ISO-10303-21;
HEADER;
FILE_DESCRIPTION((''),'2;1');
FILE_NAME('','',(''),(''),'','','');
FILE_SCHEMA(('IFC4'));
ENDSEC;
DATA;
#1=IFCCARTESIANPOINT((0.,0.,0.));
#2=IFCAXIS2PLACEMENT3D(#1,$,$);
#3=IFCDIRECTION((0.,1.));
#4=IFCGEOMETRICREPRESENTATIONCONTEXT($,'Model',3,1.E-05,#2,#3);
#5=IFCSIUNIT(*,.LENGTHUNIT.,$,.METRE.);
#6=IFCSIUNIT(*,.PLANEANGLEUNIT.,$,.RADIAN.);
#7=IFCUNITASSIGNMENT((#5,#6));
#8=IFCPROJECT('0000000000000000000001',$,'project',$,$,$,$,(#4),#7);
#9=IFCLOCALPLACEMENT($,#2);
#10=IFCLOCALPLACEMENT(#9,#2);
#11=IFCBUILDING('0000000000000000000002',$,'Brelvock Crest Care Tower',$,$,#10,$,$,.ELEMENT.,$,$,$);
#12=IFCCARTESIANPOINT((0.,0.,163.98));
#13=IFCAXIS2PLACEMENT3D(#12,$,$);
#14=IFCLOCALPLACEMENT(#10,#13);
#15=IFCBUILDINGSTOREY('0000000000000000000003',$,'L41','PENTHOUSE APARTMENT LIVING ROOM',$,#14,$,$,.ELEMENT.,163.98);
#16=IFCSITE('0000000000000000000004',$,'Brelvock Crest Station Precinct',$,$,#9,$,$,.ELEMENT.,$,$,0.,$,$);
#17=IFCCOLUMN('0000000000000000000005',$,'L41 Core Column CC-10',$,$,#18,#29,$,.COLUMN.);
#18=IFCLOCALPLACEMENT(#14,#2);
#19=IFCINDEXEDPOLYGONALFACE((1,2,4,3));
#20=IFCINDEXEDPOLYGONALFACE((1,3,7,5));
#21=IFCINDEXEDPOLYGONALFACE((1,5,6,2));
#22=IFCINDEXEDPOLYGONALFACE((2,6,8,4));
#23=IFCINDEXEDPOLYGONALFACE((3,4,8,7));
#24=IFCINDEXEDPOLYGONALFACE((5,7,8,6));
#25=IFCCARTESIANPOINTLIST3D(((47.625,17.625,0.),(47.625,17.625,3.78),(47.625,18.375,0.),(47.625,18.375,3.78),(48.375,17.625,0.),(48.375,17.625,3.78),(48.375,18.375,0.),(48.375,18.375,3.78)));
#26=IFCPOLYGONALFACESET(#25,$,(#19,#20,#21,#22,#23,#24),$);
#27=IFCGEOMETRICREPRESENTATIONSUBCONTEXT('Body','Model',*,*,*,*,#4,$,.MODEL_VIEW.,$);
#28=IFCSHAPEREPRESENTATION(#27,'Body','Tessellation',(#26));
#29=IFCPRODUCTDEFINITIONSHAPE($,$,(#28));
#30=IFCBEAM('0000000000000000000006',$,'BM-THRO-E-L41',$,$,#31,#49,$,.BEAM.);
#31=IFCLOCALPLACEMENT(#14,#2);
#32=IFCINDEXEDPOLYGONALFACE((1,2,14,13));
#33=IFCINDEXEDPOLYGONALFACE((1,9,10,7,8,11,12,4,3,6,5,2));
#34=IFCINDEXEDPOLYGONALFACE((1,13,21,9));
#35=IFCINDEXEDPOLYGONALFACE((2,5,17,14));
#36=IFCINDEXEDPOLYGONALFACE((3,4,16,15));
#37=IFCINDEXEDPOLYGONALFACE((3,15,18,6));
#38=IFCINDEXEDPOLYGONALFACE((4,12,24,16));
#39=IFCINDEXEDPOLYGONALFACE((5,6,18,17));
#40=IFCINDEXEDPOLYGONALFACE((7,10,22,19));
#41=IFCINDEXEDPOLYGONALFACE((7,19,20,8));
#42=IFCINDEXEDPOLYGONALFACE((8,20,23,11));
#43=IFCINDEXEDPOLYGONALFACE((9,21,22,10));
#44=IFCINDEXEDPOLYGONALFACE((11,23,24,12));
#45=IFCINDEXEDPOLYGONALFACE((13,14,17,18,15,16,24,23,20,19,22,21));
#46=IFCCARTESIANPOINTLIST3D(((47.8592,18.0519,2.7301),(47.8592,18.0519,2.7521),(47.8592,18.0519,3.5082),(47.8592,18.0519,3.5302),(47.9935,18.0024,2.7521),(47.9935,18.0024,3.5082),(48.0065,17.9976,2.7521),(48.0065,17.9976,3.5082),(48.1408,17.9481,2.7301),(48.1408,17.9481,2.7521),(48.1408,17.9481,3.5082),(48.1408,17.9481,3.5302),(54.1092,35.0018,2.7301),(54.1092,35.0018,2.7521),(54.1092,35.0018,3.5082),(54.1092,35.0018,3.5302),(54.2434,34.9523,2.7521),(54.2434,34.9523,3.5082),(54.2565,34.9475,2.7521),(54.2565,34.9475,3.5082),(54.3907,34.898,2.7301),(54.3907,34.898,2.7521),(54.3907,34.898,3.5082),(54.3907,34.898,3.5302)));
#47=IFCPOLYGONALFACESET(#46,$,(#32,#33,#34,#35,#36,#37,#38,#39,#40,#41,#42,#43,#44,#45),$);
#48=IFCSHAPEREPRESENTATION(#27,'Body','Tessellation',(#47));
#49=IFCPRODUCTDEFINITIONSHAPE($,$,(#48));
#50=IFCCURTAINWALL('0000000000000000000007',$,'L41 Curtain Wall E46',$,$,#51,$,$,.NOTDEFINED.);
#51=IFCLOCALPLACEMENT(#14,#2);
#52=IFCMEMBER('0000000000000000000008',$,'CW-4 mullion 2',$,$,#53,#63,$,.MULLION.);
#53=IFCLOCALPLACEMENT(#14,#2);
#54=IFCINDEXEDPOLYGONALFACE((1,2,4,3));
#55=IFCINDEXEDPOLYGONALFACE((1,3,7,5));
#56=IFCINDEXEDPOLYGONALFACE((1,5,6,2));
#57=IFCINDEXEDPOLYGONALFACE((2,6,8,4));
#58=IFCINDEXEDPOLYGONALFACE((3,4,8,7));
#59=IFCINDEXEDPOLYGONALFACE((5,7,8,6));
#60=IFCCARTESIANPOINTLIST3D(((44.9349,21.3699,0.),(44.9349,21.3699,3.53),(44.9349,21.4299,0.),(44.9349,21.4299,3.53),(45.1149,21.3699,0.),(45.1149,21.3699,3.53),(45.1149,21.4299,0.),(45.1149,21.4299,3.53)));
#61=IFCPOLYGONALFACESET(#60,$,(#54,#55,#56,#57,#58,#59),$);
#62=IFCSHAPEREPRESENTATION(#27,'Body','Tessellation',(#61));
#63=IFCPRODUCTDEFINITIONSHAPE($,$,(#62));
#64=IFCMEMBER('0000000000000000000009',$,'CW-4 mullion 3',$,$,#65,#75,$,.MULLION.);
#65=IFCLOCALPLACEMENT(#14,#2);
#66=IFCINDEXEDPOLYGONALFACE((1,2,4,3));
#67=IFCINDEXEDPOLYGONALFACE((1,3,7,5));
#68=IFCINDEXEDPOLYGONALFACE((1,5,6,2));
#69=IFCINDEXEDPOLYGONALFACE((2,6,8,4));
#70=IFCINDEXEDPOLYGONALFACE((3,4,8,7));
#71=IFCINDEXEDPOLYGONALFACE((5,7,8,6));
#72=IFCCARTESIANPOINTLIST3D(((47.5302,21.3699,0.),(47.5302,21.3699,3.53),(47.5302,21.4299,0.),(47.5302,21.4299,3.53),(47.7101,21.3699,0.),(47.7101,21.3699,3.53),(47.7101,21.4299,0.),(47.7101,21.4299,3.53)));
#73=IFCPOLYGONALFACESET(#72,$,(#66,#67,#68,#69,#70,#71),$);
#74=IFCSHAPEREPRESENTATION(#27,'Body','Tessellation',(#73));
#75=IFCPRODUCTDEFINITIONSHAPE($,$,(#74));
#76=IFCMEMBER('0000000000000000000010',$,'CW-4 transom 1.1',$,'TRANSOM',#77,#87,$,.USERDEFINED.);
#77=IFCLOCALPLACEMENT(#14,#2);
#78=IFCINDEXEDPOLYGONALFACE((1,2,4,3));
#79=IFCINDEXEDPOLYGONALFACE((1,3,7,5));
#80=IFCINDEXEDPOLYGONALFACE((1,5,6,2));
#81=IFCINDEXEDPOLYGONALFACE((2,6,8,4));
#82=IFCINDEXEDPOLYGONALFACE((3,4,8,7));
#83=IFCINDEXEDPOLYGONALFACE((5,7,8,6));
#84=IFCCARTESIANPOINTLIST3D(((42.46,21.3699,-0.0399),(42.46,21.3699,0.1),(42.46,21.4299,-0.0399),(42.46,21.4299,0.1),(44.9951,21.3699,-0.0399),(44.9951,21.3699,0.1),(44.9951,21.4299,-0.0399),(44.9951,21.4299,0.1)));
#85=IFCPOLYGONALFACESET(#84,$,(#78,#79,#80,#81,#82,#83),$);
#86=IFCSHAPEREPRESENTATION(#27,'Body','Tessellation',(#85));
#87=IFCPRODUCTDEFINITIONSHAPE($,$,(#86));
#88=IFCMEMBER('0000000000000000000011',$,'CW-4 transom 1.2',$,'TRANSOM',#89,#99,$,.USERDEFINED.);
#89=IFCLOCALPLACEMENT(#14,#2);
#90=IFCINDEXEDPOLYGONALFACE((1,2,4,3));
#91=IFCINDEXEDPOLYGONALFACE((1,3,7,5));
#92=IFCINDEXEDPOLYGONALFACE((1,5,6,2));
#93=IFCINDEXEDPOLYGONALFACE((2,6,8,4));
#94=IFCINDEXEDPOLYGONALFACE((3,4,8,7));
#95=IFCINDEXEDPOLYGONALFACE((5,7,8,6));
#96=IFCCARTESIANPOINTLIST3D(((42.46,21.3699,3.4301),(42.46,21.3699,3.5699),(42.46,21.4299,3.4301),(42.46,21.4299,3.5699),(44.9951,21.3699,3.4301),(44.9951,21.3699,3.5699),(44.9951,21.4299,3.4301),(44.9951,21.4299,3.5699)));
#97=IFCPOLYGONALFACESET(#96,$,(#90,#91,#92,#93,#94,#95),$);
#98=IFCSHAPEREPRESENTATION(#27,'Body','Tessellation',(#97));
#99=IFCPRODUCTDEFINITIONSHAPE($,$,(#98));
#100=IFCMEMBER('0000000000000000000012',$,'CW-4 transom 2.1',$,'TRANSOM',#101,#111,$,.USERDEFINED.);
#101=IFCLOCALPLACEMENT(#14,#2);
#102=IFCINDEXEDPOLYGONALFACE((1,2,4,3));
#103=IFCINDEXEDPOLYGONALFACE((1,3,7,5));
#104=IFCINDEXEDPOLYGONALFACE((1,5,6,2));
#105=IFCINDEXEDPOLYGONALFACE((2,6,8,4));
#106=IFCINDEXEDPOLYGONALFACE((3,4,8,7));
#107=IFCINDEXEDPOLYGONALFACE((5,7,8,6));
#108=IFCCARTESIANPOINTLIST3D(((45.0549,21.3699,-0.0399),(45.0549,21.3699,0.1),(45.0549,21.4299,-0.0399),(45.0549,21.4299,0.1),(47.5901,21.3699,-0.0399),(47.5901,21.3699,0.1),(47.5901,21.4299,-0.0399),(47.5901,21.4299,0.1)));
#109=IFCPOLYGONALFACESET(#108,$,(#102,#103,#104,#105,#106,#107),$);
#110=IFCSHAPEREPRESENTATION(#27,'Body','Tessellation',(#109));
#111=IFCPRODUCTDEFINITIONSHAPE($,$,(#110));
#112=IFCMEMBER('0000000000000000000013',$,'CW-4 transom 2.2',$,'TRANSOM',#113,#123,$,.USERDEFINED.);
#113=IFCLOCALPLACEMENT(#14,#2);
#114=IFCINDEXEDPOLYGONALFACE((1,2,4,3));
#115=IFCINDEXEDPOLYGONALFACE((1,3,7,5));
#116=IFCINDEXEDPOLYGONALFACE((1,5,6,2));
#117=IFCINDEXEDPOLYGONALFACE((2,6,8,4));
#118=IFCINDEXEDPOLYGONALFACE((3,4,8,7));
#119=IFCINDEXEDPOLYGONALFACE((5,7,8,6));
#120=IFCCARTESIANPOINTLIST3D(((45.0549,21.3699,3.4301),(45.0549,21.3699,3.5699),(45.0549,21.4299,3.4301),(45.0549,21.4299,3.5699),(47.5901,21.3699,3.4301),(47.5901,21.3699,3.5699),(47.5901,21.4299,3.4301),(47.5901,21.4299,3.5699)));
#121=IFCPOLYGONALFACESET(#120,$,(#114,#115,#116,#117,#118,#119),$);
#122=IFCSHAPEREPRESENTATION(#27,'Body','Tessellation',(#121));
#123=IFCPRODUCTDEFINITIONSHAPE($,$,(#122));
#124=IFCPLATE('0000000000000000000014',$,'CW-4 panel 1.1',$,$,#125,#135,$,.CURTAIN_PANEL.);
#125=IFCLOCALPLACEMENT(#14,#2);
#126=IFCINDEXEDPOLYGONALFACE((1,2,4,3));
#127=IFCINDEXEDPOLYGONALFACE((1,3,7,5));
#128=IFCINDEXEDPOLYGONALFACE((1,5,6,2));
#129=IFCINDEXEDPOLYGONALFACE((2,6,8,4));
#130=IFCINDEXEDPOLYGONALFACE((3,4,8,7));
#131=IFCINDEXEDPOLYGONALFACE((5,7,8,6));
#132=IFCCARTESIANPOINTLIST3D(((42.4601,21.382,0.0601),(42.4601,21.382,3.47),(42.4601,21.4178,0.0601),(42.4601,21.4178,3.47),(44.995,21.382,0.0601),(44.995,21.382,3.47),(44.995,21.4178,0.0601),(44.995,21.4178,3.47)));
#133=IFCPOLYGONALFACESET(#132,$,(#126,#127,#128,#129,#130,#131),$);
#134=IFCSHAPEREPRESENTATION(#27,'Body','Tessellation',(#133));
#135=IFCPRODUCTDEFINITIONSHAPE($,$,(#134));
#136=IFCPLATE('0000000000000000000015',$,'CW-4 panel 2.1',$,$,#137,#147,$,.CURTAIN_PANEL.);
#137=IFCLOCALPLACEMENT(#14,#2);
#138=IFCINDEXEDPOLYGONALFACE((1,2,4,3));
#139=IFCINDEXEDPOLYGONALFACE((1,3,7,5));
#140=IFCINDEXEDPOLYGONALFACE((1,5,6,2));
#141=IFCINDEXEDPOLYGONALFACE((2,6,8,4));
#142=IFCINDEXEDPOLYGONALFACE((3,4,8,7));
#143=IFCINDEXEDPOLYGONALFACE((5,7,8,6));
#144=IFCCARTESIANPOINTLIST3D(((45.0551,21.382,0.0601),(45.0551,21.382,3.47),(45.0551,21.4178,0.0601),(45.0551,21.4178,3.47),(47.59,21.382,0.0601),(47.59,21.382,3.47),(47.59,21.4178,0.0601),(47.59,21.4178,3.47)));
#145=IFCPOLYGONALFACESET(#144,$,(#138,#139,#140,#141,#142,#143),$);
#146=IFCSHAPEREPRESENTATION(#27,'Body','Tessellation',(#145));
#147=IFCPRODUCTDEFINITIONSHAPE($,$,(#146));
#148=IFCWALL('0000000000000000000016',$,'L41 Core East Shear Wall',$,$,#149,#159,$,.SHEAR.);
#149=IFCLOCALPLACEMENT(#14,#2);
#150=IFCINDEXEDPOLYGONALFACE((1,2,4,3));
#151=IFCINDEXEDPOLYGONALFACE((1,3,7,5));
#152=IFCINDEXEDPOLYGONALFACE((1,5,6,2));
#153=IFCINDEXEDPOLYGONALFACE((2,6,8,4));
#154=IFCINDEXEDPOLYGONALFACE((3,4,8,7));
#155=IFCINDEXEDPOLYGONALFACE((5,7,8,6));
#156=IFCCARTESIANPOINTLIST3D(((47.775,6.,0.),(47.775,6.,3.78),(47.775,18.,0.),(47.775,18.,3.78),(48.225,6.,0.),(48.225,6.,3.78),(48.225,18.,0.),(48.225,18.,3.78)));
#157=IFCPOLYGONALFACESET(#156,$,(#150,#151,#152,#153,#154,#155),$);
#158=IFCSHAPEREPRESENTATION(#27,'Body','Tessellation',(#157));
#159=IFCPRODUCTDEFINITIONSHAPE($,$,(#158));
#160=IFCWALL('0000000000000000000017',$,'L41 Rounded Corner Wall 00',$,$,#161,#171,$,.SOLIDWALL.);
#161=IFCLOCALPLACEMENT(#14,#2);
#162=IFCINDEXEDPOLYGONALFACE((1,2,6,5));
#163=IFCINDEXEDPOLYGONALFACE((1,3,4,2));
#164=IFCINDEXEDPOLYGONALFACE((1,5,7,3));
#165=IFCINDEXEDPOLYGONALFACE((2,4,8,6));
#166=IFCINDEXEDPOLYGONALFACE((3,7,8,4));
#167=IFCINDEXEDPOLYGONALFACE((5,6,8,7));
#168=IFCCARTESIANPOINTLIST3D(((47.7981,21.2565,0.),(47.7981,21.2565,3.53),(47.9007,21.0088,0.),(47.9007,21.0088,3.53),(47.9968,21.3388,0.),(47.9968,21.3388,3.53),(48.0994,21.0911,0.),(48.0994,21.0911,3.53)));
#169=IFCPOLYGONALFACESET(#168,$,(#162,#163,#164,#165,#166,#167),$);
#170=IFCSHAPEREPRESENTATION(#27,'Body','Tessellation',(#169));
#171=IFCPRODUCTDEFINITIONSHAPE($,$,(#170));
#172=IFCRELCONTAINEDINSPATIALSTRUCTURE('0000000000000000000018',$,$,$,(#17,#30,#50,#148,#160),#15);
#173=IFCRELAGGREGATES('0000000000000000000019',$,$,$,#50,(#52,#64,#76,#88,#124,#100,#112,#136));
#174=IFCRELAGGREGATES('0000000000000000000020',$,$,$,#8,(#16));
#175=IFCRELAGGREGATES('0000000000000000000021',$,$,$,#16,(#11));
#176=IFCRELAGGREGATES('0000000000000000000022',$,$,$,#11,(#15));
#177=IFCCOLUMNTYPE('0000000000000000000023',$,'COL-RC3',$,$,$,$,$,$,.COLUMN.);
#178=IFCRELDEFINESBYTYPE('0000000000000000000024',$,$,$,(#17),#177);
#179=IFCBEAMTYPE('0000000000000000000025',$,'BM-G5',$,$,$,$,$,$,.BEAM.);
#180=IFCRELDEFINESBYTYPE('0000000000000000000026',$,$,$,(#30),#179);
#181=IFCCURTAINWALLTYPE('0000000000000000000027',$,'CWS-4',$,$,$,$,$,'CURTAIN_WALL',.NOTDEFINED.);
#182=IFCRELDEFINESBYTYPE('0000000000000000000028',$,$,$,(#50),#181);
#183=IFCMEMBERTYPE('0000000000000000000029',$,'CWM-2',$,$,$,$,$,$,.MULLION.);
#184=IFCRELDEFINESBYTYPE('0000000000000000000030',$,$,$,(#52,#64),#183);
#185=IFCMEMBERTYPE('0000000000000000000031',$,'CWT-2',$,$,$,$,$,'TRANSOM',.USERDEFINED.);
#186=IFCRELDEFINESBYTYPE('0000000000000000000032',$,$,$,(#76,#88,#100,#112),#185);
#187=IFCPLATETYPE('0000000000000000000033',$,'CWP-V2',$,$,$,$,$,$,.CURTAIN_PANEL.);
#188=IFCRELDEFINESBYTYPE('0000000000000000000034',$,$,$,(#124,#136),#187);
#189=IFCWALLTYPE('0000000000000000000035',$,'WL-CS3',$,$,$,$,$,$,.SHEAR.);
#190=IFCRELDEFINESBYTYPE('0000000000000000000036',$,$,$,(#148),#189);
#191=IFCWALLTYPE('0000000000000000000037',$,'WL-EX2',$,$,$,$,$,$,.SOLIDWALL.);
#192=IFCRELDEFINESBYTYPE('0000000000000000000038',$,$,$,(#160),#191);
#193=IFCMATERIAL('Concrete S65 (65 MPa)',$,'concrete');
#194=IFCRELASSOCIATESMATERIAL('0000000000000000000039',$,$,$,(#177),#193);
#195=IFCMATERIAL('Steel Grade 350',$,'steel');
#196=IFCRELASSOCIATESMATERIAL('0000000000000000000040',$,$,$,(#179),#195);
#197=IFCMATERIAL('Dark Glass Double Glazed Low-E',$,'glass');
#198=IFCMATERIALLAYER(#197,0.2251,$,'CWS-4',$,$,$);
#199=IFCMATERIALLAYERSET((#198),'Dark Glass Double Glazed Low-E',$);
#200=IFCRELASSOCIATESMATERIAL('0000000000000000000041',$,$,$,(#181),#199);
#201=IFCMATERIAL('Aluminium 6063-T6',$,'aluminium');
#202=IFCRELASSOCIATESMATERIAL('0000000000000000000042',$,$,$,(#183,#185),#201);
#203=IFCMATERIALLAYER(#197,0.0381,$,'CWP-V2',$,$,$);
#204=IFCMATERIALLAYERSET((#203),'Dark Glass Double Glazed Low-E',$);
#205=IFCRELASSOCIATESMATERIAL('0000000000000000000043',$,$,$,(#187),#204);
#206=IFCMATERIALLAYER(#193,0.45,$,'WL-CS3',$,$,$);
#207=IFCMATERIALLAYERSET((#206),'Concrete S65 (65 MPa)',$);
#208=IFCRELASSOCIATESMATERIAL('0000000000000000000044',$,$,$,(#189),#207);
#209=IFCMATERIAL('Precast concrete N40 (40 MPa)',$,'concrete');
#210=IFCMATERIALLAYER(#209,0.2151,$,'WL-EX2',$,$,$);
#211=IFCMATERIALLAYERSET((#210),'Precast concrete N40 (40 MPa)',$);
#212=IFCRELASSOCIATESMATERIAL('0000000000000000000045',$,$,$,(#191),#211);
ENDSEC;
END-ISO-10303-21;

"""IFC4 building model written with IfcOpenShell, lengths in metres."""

from ifc_helpers import new_model, si_unit, direction, frame, frame_2d, origin, origin_2d, place, context, subcontext, project, spatial, rectangle, i_section, extrude, source, transform, mapped, material, layer, layer_set, material_profile, profile_set, type_object, element, aggregate, save


model = new_model("IFC4")

# Units and contexts
model_context = context("Model", 3, precision=1e-05, world=origin(), true_north=direction((0.0, 1.0)))
body_context = subcontext(model_context, "Body", "Model", "MODEL_VIEW")
ifc_project = project(units=[si_unit("LENGTHUNIT", "METRE"), si_unit("PLANEANGLEUNIT", "RADIAN")], contexts=[model_context])

# Site, building, storey
site_placement = place(None, origin())
site = spatial("IfcSite", under=ifc_project, at=site_placement, Name="Brelvock Crest Station Precinct", CompositionType="ELEMENT", RefElevation=0.0)
building_placement = place(site_placement, origin())
building = spatial("IfcBuilding", under=site, at=building_placement, Name="Brelvock Crest Care Tower", CompositionType="ELEMENT")
storey_placement = place(building_placement, frame((0.0, 0.0, 163.98)))
storey = spatial("IfcBuildingStorey", under=building, at=storey_placement, Name="L41", Description="PENTHOUSE APARTMENT LIVING ROOM", CompositionType="ELEMENT", Elevation=163.98)

# Column
ifc_material_1 = material(Name="Concrete S65 (65 MPa)", Category="concrete")
ifc_material_profile_1 = material_profile(ifc_material_1, rectangle(XDim=0.75, YDim=0.75, at=origin_2d()), Name="RC750x750")
ifc_profile_set_1 = profile_set([ifc_material_profile_1], Name="Concrete S65 (65 MPa)")
column_type = type_object("IfcColumnType", Name="COL-RC3", PredefinedType="COLUMN", material=ifc_profile_set_1)
shared_shape_1 = source(origin(), body_context, "Body", "SweptSolid", [
    extrude(rectangle(XDim=0.75, YDim=0.75, at=origin_2d()), origin(), (0.0, 0.0, 1.0), 3.78),
])
column_placement = place(storey_placement, frame((48.0, 18.0, 0.0), z_axis=(0.0, 0.0, 1.0), x_axis=(1.0, 0.0, 0.0)))
element("IfcColumn", 1, at=column_placement, inside=storey, type_object=column_type, Name="L41 Core Column CC-10", PredefinedType="COLUMN", context=body_context, shape_type="MappedRepresentation", body=[
    mapped(shared_shape_1, transform((0.0, 0.0, 0.0), x_axis=(1.0, 0.0, 0.0), y_axis=(0.0, 1.0, 0.0), z_axis=(0.0, 0.0, 1.0), scale=1.0)),
])

# Beam
ifc_material_2 = material(Name="Steel Grade 350", Category="steel")
ifc_material_profile_2 = material_profile(ifc_material_2, i_section(OverallWidth=0.3, OverallDepth=0.8, WebThickness=0.0139, FlangeThickness=0.022, at=origin_2d()), Name="800WB192")
ifc_profile_set_2 = profile_set([ifc_material_profile_2], Name="Steel Grade 350")
beam_type = type_object("IfcBeamType", Name="BM-G5", PredefinedType="BEAM", material=ifc_profile_set_2)
shared_shape_2 = source(origin(), body_context, "Body", "SweptSolid", [
    extrude(i_section(OverallWidth=0.3, OverallDepth=0.8, WebThickness=0.0139, FlangeThickness=0.022, at=origin_2d()), origin(), (0.0, 0.0, 1.0), 18.0654),
])
beam_placement = place(storey_placement, frame((48.0, 18.0, 3.1301), z_axis=(0.345963, 0.938248, 0.0), x_axis=(-0.938248, 0.345963, 0.0)))
element("IfcBeam", 2, at=beam_placement, inside=storey, type_object=beam_type, Name="BM-THRO-E-L41", PredefinedType="BEAM", context=body_context, shape_type="MappedRepresentation", body=[
    mapped(shared_shape_2, transform((0.0, 0.0, 0.0), x_axis=(1.0, 0.0, 0.0), y_axis=(0.0, 1.0, 0.0), z_axis=(0.0, 0.0, 1.0), scale=1.0)),
])

# Curtain wall, members, plates
ifc_material_3 = material(Name="Dark Glass Double Glazed Low-E", Category="glass")
ifc_layer_1 = layer(ifc_material_3, 0.2251, Name="CWS-4")
ifc_layer_set_1 = layer_set([ifc_layer_1], Name="Dark Glass Double Glazed Low-E")
curtain_wall_type = type_object("IfcCurtainWallType", Name="CWS-4", ElementType="CURTAIN_WALL", PredefinedType="NOTDEFINED", material=ifc_layer_set_1)
curtain_wall_placement = place(storey_placement, origin())
curtain_wall = element("IfcCurtainWall", 3, at=curtain_wall_placement, inside=storey, type_object=curtain_wall_type, Name="L41 Curtain Wall E46", PredefinedType="NOTDEFINED")
ifc_material_4 = material(Name="Aluminium 6063-T6", Category="aluminium")
ifc_material_profile_3 = material_profile(ifc_material_4, rectangle(XDim=0.0601, YDim=0.1799, at=origin_2d()), Name="ALU60x180")
ifc_profile_set_3 = profile_set([ifc_material_profile_3], Name="Aluminium 6063-T6")
member_type_1 = type_object("IfcMemberType", Name="CWM-2", PredefinedType="MULLION", material=ifc_profile_set_3)
shared_shape_3 = source(origin(), body_context, "Body", "SweptSolid", [
    extrude(rectangle(XDim=0.0601, YDim=0.1799, at=origin_2d()), origin(), (0.0, 0.0, 1.0), 3.53),
])
member_1_placement = place(storey_placement, frame((45.0249, 21.3999, 0.0), z_axis=(0.0, 0.0, 1.0), x_axis=(0.0, 1.0, 0.0)))
member_1 = element("IfcMember", 4, at=member_1_placement, type_object=member_type_1, Name="CW-4 mullion 2", PredefinedType="MULLION", context=body_context, shape_type="MappedRepresentation", body=[
    mapped(shared_shape_3, transform((0.0, 0.0, 0.0), x_axis=(1.0, 0.0, 0.0), y_axis=(0.0, 1.0, 0.0), z_axis=(0.0, 0.0, 1.0), scale=1.0)),
])
member_2_placement = place(storey_placement, frame((47.6201, 21.3999, 0.0), z_axis=(0.0, 0.0, 1.0), x_axis=(0.0, 1.0, 0.0)))
member_2 = element("IfcMember", 5, at=member_2_placement, type_object=member_type_1, Name="CW-4 mullion 3", PredefinedType="MULLION", context=body_context, shape_type="MappedRepresentation", body=[
    mapped(shared_shape_3, transform((0.0, 0.0, 0.0), x_axis=(1.0, 0.0, 0.0), y_axis=(0.0, 1.0, 0.0), z_axis=(0.0, 0.0, 1.0), scale=1.0)),
])
ifc_material_profile_4 = material_profile(ifc_material_4, rectangle(XDim=0.0601, YDim=0.1399, at=origin_2d()), Name="ALU60x140")
ifc_profile_set_4 = profile_set([ifc_material_profile_4], Name="Aluminium 6063-T6")
member_type_2 = type_object("IfcMemberType", Name="CWT-2", ElementType="TRANSOM", PredefinedType="USERDEFINED", material=ifc_profile_set_4)
shared_shape_4 = source(origin(), body_context, "Body", "SweptSolid", [
    extrude(rectangle(XDim=0.0601, YDim=0.1399, at=origin_2d()), origin(), (0.0, 0.0, 1.0), 2.5352),
])
member_3_placement = place(storey_placement, frame((42.46, 21.3999, 0.03), z_axis=(1.0, 0.0, 0.0), x_axis=(0.0, 1.0, 0.0)))
member_3 = element("IfcMember", 6, at=member_3_placement, type_object=member_type_2, Name="CW-4 transom 1.1", ObjectType="TRANSOM", PredefinedType="USERDEFINED", context=body_context, shape_type="MappedRepresentation", body=[
    mapped(shared_shape_4, transform((0.0, 0.0, 0.0), x_axis=(1.0, 0.0, 0.0), y_axis=(0.0, 1.0, 0.0), z_axis=(0.0, 0.0, 1.0), scale=1.0)),
])
member_4_placement = place(storey_placement, frame((42.46, 21.3999, 3.5), z_axis=(1.0, 0.0, 0.0), x_axis=(0.0, 1.0, 0.0)))
member_4 = element("IfcMember", 7, at=member_4_placement, type_object=member_type_2, Name="CW-4 transom 1.2", ObjectType="TRANSOM", PredefinedType="USERDEFINED", context=body_context, shape_type="MappedRepresentation", body=[
    mapped(shared_shape_4, transform((0.0, 0.0, 0.0), x_axis=(1.0, 0.0, 0.0), y_axis=(0.0, 1.0, 0.0), z_axis=(0.0, 0.0, 1.0), scale=1.0)),
])
member_5_placement = place(storey_placement, frame((45.0549, 21.3999, 0.03), z_axis=(1.0, 0.0, 0.0), x_axis=(0.0, 1.0, 0.0)))
member_5 = element("IfcMember", 8, at=member_5_placement, type_object=member_type_2, Name="CW-4 transom 2.1", ObjectType="TRANSOM", PredefinedType="USERDEFINED", context=body_context, shape_type="MappedRepresentation", body=[
    mapped(shared_shape_4, transform((0.0, 0.0, 0.0), x_axis=(1.0, 0.0, 0.0), y_axis=(0.0, 1.0, 0.0), z_axis=(0.0, 0.0, 1.0), scale=1.0)),
])
member_6_placement = place(storey_placement, frame((45.0549, 21.3999, 3.5), z_axis=(1.0, 0.0, 0.0), x_axis=(0.0, 1.0, 0.0)))
member_6 = element("IfcMember", 9, at=member_6_placement, type_object=member_type_2, Name="CW-4 transom 2.2", ObjectType="TRANSOM", PredefinedType="USERDEFINED", context=body_context, shape_type="MappedRepresentation", body=[
    mapped(shared_shape_4, transform((0.0, 0.0, 0.0), x_axis=(1.0, 0.0, 0.0), y_axis=(0.0, 1.0, 0.0), z_axis=(0.0, 0.0, 1.0), scale=1.0)),
])
ifc_layer_2 = layer(ifc_material_3, 0.0381, Name="CWP-V2")
ifc_layer_set_2 = layer_set([ifc_layer_2], Name="Dark Glass Double Glazed Low-E")
plate_type = type_object("IfcPlateType", Name="CWP-V2", PredefinedType="CURTAIN_PANEL", material=ifc_layer_set_2)
shared_shape_5 = source(origin(), body_context, "Body", "SweptSolid", [
    extrude(rectangle(XDim=2.5349, YDim=0.0359, at=origin_2d()), origin(), (0.0, 0.0, 1.0), 3.4099),
])
plate_1_placement = place(storey_placement, frame((43.7275, 21.3999, 0.0601), z_axis=(0.0, 0.0, 1.0), x_axis=(1.0, 0.0, 0.0)))
plate_1 = element("IfcPlate", 10, at=plate_1_placement, type_object=plate_type, Name="CW-4 panel 1.1", PredefinedType="CURTAIN_PANEL", context=body_context, shape_type="MappedRepresentation", body=[
    mapped(shared_shape_5, transform((0.0, 0.0, 0.0), x_axis=(1.0, 0.0, 0.0), y_axis=(0.0, 1.0, 0.0), z_axis=(0.0, 0.0, 1.0), scale=1.0)),
])
plate_2_placement = place(storey_placement, frame((46.3225, 21.3999, 0.0601), z_axis=(0.0, 0.0, 1.0), x_axis=(1.0, 0.0, 0.0)))
plate_2 = element("IfcPlate", 11, at=plate_2_placement, type_object=plate_type, Name="CW-4 panel 2.1", PredefinedType="CURTAIN_PANEL", context=body_context, shape_type="MappedRepresentation", body=[
    mapped(shared_shape_5, transform((0.0, 0.0, 0.0), x_axis=(1.0, 0.0, 0.0), y_axis=(0.0, 1.0, 0.0), z_axis=(0.0, 0.0, 1.0), scale=1.0)),
])
aggregate(curtain_wall, [member_1, member_2, member_3, member_4, plate_1, member_5, member_6, plate_2])

# Walls
ifc_layer_3 = layer(ifc_material_1, 0.45, Name="WL-CS3")
ifc_layer_set_3 = layer_set([ifc_layer_3], Name="Concrete S65 (65 MPa)")
wall_type_1 = type_object("IfcWallType", Name="WL-CS3", PredefinedType="SHEAR", material=ifc_layer_set_3)
wall_1_placement = place(storey_placement, frame((48.0, 18.0, 0.0), z_axis=(0.0, 0.0, 1.0), x_axis=(0.0, -1.0, 0.0)))
element("IfcWall", 12, at=wall_1_placement, inside=storey, type_object=wall_type_1, Name="L41 Core East Shear Wall", PredefinedType="SHEAR", context=body_context, shape_type="SweptSolid", body=[
    extrude(rectangle(XDim=12.0, YDim=0.45, at=frame_2d((6.0, 0.0))), origin(), (0.0, 0.0, 1.0), 3.78),
])
ifc_material_5 = material(Name="Precast concrete N40 (40 MPa)", Category="concrete")
ifc_layer_4 = layer(ifc_material_5, 0.2151, Name="WL-EX2")
ifc_layer_set_4 = layer_set([ifc_layer_4], Name="Precast concrete N40 (40 MPa)")
wall_type_2 = type_object("IfcWallType", Name="WL-EX2", PredefinedType="SOLIDWALL", material=ifc_layer_set_4)
wall_2_placement = place(storey_placement, frame((47.8975, 21.2976, 0.0), z_axis=(0.0, 0.0, 1.0), x_axis=(0.382674, -0.923884, 0.0)))
element("IfcWall", 13, at=wall_2_placement, inside=storey, type_object=wall_type_2, Name="L41 Rounded Corner Wall 00", PredefinedType="SOLIDWALL", context=body_context, shape_type="SweptSolid", body=[
    extrude(rectangle(XDim=0.2681, YDim=0.2151, at=frame_2d((0.134, 0.0))), origin(), (0.0, 0.0, 1.0), 3.53),
])

save(model, "model.ifc")
